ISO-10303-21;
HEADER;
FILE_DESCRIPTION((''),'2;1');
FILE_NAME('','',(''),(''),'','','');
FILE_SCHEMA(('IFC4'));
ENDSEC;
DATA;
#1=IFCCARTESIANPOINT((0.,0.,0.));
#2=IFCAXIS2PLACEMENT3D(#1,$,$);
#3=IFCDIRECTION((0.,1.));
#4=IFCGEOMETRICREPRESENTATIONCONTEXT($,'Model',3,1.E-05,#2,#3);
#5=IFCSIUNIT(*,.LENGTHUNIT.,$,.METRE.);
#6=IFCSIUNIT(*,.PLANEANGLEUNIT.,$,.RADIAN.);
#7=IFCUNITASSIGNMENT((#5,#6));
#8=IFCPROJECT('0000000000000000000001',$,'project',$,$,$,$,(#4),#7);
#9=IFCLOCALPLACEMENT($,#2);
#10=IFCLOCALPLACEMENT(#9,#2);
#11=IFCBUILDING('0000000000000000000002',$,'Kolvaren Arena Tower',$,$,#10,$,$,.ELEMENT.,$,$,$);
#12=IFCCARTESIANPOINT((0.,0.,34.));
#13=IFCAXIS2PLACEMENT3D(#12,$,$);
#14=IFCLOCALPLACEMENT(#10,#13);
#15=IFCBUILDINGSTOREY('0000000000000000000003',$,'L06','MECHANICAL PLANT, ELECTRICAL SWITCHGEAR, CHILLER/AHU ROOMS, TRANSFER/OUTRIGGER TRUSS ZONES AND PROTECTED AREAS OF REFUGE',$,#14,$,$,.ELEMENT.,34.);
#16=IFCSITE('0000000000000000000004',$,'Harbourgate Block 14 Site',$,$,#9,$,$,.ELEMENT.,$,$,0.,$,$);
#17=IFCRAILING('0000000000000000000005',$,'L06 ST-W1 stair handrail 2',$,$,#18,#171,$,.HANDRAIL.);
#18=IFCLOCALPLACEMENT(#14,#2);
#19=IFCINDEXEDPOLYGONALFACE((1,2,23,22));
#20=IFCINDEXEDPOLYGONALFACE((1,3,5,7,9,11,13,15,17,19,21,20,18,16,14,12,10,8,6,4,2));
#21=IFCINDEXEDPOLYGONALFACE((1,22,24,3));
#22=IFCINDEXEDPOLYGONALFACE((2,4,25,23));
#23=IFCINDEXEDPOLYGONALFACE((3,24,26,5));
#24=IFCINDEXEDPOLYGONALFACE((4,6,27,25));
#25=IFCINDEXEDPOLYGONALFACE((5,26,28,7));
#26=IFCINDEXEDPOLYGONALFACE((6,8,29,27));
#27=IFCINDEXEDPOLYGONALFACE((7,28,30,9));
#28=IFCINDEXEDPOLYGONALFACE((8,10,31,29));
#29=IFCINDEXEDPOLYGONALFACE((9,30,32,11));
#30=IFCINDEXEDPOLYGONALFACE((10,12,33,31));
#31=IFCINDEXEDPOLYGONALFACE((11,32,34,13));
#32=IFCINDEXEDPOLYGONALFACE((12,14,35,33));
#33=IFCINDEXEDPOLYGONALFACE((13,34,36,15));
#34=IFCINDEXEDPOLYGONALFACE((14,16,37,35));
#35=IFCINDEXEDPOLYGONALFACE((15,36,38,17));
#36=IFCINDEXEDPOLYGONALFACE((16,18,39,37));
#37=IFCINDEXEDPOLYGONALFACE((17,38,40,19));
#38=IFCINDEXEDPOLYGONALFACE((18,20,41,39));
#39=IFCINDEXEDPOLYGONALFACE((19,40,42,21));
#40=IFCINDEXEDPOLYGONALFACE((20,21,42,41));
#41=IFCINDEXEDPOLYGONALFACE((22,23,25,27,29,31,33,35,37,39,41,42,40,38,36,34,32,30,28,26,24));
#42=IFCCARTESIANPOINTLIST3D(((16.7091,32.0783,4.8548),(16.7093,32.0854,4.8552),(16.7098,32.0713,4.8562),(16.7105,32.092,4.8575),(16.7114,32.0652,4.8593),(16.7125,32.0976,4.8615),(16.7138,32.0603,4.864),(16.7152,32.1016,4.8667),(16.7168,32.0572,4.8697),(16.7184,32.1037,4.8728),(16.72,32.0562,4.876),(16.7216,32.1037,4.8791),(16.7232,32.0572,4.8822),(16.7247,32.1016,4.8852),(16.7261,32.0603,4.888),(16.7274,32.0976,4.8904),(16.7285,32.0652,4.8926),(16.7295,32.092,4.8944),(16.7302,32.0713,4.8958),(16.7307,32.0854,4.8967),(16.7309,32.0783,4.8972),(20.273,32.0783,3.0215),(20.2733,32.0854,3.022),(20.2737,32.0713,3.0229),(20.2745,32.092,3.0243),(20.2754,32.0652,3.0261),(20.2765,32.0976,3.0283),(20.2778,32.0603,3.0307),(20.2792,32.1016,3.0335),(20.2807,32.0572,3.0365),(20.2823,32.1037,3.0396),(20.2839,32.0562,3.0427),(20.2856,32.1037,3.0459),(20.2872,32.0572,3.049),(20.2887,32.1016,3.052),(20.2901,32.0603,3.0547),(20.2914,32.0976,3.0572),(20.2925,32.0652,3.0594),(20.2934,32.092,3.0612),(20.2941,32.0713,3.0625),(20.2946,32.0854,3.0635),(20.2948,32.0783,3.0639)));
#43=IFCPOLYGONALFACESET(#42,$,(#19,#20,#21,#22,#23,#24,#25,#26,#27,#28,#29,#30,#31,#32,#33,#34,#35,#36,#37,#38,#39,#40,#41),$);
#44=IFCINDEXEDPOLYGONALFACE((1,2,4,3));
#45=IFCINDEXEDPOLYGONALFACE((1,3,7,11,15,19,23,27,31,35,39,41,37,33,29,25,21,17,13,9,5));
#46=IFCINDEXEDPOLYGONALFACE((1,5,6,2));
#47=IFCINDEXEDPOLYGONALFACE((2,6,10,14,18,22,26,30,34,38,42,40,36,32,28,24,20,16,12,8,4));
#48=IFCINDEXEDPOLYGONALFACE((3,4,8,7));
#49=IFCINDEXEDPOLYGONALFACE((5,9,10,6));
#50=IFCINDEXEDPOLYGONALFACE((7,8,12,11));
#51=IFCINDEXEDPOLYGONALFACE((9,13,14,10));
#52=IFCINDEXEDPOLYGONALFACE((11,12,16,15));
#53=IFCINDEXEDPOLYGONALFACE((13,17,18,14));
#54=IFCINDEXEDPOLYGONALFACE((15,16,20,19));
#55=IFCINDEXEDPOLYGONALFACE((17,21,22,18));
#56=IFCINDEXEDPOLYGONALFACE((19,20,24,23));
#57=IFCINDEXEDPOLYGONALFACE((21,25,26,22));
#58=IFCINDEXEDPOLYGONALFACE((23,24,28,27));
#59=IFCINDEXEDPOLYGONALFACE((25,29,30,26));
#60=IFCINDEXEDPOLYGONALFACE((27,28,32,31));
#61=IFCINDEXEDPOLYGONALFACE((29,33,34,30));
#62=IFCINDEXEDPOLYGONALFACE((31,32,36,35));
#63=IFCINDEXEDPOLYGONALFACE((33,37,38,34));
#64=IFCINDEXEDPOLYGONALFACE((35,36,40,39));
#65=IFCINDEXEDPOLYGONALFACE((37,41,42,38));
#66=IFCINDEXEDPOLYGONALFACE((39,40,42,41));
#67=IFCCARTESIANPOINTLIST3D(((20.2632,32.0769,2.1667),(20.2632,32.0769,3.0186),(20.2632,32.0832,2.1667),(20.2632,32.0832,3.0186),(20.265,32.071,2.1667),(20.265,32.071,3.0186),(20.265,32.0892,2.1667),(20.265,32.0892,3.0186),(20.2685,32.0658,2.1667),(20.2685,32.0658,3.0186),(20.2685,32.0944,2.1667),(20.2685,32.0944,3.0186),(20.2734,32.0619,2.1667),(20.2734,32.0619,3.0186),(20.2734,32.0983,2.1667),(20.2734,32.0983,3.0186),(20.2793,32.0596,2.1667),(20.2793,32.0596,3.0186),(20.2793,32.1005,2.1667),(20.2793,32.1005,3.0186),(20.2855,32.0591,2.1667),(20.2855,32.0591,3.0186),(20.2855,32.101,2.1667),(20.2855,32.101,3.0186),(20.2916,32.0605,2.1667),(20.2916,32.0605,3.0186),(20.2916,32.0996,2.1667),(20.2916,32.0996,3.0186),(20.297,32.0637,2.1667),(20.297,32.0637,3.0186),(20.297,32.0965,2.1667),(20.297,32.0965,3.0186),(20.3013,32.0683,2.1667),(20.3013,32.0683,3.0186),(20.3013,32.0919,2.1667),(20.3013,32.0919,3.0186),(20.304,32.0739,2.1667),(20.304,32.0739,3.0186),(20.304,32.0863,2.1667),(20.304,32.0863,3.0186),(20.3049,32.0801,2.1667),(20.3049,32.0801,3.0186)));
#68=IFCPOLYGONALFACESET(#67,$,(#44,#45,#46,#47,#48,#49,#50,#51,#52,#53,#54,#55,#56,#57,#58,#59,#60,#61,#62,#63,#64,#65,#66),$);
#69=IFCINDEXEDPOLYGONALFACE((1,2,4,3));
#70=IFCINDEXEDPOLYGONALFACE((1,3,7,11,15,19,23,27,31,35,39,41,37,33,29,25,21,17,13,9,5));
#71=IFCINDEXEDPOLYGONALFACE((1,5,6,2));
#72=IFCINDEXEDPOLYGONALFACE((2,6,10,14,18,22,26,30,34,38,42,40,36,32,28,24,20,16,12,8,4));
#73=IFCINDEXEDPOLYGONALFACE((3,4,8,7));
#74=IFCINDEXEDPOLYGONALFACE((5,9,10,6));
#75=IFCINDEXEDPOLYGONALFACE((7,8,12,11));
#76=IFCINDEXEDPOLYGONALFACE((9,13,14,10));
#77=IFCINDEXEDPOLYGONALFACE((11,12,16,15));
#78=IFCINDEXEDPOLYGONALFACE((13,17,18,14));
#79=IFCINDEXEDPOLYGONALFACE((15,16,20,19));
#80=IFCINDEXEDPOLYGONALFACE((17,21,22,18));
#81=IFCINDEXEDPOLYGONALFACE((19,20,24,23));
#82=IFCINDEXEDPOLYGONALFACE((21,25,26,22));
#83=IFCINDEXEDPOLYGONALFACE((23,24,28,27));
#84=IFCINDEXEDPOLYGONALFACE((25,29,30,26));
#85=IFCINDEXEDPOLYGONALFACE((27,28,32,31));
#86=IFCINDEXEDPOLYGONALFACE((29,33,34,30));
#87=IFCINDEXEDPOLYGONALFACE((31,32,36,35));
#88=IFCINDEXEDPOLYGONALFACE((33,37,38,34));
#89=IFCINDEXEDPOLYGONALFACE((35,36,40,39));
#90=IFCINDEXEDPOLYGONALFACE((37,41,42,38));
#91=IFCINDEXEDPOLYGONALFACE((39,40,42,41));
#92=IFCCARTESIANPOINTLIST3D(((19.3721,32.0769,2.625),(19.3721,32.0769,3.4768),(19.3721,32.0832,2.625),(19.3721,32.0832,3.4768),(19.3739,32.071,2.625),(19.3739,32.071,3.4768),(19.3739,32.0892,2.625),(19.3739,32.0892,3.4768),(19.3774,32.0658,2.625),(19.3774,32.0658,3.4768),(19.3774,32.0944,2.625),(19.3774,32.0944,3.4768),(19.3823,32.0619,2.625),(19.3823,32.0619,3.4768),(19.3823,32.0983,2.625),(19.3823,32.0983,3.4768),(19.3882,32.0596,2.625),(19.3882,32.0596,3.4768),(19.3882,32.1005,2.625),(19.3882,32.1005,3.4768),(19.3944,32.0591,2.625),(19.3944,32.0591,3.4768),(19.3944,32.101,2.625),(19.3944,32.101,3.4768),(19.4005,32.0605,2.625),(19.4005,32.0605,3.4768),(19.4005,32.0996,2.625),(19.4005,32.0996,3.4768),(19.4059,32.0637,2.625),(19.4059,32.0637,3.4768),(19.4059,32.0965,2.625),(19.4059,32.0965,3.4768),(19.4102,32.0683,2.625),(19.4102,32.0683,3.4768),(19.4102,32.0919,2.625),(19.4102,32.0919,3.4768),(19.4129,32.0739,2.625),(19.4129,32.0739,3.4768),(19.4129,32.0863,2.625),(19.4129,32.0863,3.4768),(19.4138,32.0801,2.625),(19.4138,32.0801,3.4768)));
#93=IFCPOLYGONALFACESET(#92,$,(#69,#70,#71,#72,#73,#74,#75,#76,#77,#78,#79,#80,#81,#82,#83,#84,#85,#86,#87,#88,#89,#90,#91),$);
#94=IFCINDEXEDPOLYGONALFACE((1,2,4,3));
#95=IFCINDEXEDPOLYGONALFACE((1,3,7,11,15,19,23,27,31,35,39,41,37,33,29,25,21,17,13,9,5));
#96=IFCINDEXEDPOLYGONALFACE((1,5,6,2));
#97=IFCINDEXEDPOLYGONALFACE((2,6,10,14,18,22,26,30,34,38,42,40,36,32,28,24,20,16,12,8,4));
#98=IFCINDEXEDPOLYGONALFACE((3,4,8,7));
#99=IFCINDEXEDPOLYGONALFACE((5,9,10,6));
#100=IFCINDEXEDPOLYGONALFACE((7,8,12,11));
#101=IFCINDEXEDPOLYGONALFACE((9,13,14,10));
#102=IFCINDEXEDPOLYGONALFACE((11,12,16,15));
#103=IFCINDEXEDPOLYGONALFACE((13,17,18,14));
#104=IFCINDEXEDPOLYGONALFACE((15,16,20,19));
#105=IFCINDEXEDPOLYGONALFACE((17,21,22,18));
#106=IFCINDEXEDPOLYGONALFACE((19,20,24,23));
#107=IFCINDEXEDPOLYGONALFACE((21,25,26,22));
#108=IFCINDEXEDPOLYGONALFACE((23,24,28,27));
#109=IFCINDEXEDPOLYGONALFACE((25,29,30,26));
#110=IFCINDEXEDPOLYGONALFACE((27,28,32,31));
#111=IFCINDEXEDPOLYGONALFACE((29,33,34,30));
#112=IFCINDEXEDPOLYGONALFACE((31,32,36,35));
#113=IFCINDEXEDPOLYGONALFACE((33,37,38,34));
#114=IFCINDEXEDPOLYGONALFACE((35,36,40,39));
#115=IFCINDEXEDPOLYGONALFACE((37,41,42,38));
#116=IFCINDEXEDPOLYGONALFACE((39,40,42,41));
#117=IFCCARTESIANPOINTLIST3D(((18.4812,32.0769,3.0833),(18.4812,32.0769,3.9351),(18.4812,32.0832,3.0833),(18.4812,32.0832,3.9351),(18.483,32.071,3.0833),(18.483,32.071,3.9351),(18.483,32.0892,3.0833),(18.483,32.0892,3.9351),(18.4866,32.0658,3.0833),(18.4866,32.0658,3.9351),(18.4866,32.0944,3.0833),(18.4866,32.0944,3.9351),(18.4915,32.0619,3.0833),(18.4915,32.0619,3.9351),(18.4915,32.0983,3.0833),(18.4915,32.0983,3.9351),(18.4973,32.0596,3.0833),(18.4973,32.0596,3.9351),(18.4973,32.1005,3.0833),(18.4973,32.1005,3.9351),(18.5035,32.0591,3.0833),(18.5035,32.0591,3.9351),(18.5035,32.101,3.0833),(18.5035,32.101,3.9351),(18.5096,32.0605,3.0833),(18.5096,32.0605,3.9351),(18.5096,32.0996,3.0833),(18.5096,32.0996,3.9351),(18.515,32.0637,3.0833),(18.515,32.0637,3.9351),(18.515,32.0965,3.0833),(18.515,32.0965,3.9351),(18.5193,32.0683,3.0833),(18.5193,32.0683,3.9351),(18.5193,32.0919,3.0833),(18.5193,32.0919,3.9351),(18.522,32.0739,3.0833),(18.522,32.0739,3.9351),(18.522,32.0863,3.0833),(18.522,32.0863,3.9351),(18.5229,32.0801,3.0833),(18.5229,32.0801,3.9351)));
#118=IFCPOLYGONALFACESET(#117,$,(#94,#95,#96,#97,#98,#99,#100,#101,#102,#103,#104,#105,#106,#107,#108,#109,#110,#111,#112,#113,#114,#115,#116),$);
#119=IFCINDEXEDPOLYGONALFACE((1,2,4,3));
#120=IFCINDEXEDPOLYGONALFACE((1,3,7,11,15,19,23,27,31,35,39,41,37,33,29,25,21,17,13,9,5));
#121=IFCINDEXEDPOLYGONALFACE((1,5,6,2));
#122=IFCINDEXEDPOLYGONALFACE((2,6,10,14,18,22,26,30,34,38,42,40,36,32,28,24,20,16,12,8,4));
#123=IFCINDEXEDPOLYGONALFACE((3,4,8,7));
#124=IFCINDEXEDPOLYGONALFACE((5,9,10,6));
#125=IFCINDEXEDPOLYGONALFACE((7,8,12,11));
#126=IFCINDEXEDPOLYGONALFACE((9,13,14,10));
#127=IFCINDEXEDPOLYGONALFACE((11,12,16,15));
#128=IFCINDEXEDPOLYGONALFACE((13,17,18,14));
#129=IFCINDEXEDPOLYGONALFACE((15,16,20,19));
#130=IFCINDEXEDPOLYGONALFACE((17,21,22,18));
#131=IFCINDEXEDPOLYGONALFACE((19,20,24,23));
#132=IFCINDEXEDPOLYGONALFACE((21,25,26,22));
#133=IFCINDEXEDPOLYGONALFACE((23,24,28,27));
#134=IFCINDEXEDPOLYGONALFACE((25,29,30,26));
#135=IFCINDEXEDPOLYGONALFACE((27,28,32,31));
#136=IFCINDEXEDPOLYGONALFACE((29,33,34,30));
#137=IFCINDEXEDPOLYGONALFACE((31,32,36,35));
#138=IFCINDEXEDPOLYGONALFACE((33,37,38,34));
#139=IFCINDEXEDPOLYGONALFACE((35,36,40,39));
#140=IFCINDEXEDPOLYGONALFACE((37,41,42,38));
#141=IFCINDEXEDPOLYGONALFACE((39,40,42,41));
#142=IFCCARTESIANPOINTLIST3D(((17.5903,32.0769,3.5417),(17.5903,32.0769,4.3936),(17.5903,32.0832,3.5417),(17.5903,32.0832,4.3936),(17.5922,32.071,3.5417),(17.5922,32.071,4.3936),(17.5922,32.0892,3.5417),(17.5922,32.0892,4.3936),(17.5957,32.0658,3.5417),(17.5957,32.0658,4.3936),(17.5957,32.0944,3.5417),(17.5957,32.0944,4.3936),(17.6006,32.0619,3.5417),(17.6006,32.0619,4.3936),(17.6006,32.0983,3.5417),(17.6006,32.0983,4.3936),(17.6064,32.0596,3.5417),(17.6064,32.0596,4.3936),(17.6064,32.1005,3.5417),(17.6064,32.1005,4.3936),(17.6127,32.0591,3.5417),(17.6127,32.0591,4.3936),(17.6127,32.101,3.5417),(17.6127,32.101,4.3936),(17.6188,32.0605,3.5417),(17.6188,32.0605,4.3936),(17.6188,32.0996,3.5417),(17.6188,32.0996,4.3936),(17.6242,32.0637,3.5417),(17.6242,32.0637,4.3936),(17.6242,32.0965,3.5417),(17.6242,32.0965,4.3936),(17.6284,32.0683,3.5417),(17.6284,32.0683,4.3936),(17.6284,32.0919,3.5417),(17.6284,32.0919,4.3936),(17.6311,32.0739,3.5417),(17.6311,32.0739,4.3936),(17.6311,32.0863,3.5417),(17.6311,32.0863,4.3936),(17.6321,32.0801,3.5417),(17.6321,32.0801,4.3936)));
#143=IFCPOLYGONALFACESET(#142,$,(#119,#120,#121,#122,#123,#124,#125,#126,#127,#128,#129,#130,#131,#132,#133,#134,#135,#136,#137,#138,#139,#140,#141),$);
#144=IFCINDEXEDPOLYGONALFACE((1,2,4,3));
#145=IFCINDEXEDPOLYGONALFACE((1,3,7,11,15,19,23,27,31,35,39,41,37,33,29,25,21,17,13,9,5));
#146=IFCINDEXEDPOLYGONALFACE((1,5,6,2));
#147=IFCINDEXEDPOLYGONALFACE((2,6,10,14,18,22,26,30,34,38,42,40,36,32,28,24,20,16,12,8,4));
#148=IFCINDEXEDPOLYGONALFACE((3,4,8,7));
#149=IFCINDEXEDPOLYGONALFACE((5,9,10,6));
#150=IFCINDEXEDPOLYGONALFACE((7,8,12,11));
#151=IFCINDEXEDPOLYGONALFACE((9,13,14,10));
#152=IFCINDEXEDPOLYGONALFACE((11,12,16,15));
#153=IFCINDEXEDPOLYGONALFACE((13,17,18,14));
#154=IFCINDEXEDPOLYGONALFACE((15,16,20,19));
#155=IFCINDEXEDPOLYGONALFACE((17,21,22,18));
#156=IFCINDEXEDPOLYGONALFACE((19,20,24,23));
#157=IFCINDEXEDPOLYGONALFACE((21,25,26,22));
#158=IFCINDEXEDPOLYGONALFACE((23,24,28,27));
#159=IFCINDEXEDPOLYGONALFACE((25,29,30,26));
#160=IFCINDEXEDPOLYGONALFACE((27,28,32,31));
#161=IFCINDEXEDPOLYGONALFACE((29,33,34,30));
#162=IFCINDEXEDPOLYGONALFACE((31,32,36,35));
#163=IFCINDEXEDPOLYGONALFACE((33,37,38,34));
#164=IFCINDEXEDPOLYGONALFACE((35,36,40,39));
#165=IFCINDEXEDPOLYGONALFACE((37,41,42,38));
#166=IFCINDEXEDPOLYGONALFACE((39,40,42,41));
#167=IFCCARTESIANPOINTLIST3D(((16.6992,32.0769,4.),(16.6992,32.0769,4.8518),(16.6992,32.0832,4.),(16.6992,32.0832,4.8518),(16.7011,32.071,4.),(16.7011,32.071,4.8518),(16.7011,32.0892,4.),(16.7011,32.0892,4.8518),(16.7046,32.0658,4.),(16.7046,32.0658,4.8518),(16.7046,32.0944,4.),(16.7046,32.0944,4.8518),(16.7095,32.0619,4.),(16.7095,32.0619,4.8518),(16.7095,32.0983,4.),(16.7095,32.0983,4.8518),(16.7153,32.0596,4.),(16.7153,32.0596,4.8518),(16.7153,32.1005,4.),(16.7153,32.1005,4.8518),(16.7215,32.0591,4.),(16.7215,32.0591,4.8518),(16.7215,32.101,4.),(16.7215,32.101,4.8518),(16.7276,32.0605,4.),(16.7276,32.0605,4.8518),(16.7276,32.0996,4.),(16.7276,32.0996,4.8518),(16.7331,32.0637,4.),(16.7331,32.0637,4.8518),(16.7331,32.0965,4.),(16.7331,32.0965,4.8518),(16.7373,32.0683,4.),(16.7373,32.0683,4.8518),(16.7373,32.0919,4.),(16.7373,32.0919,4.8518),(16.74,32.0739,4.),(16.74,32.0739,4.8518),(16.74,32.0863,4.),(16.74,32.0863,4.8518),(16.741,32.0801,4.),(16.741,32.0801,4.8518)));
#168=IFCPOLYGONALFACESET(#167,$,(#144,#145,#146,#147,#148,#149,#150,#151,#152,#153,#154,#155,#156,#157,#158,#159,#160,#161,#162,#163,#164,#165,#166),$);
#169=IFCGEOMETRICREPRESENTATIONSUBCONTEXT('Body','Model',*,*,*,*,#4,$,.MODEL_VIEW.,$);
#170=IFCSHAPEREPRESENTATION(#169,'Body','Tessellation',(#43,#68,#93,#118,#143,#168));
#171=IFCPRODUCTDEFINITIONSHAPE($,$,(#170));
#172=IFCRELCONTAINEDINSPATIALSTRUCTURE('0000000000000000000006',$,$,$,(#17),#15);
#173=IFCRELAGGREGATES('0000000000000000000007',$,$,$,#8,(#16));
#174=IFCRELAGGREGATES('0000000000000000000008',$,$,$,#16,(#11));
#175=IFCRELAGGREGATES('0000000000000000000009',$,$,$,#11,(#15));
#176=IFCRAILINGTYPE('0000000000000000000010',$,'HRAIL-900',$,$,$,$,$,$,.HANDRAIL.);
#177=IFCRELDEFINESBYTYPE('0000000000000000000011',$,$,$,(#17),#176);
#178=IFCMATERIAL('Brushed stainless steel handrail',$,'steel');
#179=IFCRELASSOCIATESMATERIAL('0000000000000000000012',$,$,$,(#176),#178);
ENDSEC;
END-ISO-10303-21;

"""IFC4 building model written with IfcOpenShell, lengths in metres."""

from ifc_helpers import new_model, si_unit, direction, frame, origin, origin_2d, place, context, subcontext, project, spatial, circle, extrude, material, type_object, element, save


model = new_model("IFC4")

# Units and contexts
model_context = context("Model", 3, precision=1e-05, world=origin(), true_north=direction((0.0, 1.0)))
body_context = subcontext(model_context, "Body", "Model", "MODEL_VIEW")
ifc_project = project(units=[si_unit("LENGTHUNIT", "METRE"), si_unit("PLANEANGLEUNIT", "RADIAN")], contexts=[model_context])

# Site, building, storey
site_placement = place(None, origin())
site = spatial("IfcSite", under=ifc_project, at=site_placement, Name="Harbourgate Block 14 Site", CompositionType="ELEMENT", RefElevation=0.0)
building_placement = place(site_placement, origin())
building = spatial("IfcBuilding", under=site, at=building_placement, Name="Kolvaren Arena Tower", CompositionType="ELEMENT")
storey_placement = place(building_placement, frame((0.0, 0.0, 34.0)))
storey = spatial("IfcBuildingStorey", under=building, at=storey_placement, Name="L06", Description="MECHANICAL PLANT, ELECTRICAL SWITCHGEAR, CHILLER/AHU ROOMS, TRANSFER/OUTRIGGER TRUSS ZONES AND PROTECTED AREAS OF REFUGE", CompositionType="ELEMENT", Elevation=34.0)

# Railing
ifc_material_1 = material(Name="Brushed stainless steel handrail", Category="steel")
railing_type_1 = type_object("IfcRailingType", Name="HRAIL-900", PredefinedType="HANDRAIL", material=ifc_material_1)
railing_1_placement = place(storey_placement, frame((20.2839, 32.0801, 2.1667)))
element("IfcRailing", 1, at=railing_1_placement, inside=storey, type_object=railing_type_1, Name="L06 ST-W1 stair handrail 2", PredefinedType="HANDRAIL", context=body_context, shape_type="SweptSolid", body=[
    extrude(circle(Radius=0.0239, at=origin_2d()), frame((0.0, 0.0, 0.876), z_axis=(-0.889252, 0.0, 0.457418), x_axis=(0.0, -1.0, 0.0)), (0.0, 0.0, 1.0), 4.0078),
    extrude(circle(Radius=0.021, at=origin_2d()), origin(), (0.0, 0.0, 1.0), 0.8518),
    extrude(circle(Radius=0.021, at=origin_2d()), frame((-0.8911, 0.0, 0.4583)), (0.0, 0.0, 1.0), 0.8518),
    extrude(circle(Radius=0.021, at=origin_2d()), frame((-1.782, 0.0, 0.9165)), (0.0, 0.0, 1.0), 0.8518),
    extrude(circle(Radius=0.021, at=origin_2d()), frame((-2.6729, 0.0, 1.375)), (0.0, 0.0, 1.0), 0.8518),
    extrude(circle(Radius=0.021, at=origin_2d()), frame((-3.564, 0.0, 1.8333)), (0.0, 0.0, 1.0), 0.8518),
])

save(model, "model.ifc")
